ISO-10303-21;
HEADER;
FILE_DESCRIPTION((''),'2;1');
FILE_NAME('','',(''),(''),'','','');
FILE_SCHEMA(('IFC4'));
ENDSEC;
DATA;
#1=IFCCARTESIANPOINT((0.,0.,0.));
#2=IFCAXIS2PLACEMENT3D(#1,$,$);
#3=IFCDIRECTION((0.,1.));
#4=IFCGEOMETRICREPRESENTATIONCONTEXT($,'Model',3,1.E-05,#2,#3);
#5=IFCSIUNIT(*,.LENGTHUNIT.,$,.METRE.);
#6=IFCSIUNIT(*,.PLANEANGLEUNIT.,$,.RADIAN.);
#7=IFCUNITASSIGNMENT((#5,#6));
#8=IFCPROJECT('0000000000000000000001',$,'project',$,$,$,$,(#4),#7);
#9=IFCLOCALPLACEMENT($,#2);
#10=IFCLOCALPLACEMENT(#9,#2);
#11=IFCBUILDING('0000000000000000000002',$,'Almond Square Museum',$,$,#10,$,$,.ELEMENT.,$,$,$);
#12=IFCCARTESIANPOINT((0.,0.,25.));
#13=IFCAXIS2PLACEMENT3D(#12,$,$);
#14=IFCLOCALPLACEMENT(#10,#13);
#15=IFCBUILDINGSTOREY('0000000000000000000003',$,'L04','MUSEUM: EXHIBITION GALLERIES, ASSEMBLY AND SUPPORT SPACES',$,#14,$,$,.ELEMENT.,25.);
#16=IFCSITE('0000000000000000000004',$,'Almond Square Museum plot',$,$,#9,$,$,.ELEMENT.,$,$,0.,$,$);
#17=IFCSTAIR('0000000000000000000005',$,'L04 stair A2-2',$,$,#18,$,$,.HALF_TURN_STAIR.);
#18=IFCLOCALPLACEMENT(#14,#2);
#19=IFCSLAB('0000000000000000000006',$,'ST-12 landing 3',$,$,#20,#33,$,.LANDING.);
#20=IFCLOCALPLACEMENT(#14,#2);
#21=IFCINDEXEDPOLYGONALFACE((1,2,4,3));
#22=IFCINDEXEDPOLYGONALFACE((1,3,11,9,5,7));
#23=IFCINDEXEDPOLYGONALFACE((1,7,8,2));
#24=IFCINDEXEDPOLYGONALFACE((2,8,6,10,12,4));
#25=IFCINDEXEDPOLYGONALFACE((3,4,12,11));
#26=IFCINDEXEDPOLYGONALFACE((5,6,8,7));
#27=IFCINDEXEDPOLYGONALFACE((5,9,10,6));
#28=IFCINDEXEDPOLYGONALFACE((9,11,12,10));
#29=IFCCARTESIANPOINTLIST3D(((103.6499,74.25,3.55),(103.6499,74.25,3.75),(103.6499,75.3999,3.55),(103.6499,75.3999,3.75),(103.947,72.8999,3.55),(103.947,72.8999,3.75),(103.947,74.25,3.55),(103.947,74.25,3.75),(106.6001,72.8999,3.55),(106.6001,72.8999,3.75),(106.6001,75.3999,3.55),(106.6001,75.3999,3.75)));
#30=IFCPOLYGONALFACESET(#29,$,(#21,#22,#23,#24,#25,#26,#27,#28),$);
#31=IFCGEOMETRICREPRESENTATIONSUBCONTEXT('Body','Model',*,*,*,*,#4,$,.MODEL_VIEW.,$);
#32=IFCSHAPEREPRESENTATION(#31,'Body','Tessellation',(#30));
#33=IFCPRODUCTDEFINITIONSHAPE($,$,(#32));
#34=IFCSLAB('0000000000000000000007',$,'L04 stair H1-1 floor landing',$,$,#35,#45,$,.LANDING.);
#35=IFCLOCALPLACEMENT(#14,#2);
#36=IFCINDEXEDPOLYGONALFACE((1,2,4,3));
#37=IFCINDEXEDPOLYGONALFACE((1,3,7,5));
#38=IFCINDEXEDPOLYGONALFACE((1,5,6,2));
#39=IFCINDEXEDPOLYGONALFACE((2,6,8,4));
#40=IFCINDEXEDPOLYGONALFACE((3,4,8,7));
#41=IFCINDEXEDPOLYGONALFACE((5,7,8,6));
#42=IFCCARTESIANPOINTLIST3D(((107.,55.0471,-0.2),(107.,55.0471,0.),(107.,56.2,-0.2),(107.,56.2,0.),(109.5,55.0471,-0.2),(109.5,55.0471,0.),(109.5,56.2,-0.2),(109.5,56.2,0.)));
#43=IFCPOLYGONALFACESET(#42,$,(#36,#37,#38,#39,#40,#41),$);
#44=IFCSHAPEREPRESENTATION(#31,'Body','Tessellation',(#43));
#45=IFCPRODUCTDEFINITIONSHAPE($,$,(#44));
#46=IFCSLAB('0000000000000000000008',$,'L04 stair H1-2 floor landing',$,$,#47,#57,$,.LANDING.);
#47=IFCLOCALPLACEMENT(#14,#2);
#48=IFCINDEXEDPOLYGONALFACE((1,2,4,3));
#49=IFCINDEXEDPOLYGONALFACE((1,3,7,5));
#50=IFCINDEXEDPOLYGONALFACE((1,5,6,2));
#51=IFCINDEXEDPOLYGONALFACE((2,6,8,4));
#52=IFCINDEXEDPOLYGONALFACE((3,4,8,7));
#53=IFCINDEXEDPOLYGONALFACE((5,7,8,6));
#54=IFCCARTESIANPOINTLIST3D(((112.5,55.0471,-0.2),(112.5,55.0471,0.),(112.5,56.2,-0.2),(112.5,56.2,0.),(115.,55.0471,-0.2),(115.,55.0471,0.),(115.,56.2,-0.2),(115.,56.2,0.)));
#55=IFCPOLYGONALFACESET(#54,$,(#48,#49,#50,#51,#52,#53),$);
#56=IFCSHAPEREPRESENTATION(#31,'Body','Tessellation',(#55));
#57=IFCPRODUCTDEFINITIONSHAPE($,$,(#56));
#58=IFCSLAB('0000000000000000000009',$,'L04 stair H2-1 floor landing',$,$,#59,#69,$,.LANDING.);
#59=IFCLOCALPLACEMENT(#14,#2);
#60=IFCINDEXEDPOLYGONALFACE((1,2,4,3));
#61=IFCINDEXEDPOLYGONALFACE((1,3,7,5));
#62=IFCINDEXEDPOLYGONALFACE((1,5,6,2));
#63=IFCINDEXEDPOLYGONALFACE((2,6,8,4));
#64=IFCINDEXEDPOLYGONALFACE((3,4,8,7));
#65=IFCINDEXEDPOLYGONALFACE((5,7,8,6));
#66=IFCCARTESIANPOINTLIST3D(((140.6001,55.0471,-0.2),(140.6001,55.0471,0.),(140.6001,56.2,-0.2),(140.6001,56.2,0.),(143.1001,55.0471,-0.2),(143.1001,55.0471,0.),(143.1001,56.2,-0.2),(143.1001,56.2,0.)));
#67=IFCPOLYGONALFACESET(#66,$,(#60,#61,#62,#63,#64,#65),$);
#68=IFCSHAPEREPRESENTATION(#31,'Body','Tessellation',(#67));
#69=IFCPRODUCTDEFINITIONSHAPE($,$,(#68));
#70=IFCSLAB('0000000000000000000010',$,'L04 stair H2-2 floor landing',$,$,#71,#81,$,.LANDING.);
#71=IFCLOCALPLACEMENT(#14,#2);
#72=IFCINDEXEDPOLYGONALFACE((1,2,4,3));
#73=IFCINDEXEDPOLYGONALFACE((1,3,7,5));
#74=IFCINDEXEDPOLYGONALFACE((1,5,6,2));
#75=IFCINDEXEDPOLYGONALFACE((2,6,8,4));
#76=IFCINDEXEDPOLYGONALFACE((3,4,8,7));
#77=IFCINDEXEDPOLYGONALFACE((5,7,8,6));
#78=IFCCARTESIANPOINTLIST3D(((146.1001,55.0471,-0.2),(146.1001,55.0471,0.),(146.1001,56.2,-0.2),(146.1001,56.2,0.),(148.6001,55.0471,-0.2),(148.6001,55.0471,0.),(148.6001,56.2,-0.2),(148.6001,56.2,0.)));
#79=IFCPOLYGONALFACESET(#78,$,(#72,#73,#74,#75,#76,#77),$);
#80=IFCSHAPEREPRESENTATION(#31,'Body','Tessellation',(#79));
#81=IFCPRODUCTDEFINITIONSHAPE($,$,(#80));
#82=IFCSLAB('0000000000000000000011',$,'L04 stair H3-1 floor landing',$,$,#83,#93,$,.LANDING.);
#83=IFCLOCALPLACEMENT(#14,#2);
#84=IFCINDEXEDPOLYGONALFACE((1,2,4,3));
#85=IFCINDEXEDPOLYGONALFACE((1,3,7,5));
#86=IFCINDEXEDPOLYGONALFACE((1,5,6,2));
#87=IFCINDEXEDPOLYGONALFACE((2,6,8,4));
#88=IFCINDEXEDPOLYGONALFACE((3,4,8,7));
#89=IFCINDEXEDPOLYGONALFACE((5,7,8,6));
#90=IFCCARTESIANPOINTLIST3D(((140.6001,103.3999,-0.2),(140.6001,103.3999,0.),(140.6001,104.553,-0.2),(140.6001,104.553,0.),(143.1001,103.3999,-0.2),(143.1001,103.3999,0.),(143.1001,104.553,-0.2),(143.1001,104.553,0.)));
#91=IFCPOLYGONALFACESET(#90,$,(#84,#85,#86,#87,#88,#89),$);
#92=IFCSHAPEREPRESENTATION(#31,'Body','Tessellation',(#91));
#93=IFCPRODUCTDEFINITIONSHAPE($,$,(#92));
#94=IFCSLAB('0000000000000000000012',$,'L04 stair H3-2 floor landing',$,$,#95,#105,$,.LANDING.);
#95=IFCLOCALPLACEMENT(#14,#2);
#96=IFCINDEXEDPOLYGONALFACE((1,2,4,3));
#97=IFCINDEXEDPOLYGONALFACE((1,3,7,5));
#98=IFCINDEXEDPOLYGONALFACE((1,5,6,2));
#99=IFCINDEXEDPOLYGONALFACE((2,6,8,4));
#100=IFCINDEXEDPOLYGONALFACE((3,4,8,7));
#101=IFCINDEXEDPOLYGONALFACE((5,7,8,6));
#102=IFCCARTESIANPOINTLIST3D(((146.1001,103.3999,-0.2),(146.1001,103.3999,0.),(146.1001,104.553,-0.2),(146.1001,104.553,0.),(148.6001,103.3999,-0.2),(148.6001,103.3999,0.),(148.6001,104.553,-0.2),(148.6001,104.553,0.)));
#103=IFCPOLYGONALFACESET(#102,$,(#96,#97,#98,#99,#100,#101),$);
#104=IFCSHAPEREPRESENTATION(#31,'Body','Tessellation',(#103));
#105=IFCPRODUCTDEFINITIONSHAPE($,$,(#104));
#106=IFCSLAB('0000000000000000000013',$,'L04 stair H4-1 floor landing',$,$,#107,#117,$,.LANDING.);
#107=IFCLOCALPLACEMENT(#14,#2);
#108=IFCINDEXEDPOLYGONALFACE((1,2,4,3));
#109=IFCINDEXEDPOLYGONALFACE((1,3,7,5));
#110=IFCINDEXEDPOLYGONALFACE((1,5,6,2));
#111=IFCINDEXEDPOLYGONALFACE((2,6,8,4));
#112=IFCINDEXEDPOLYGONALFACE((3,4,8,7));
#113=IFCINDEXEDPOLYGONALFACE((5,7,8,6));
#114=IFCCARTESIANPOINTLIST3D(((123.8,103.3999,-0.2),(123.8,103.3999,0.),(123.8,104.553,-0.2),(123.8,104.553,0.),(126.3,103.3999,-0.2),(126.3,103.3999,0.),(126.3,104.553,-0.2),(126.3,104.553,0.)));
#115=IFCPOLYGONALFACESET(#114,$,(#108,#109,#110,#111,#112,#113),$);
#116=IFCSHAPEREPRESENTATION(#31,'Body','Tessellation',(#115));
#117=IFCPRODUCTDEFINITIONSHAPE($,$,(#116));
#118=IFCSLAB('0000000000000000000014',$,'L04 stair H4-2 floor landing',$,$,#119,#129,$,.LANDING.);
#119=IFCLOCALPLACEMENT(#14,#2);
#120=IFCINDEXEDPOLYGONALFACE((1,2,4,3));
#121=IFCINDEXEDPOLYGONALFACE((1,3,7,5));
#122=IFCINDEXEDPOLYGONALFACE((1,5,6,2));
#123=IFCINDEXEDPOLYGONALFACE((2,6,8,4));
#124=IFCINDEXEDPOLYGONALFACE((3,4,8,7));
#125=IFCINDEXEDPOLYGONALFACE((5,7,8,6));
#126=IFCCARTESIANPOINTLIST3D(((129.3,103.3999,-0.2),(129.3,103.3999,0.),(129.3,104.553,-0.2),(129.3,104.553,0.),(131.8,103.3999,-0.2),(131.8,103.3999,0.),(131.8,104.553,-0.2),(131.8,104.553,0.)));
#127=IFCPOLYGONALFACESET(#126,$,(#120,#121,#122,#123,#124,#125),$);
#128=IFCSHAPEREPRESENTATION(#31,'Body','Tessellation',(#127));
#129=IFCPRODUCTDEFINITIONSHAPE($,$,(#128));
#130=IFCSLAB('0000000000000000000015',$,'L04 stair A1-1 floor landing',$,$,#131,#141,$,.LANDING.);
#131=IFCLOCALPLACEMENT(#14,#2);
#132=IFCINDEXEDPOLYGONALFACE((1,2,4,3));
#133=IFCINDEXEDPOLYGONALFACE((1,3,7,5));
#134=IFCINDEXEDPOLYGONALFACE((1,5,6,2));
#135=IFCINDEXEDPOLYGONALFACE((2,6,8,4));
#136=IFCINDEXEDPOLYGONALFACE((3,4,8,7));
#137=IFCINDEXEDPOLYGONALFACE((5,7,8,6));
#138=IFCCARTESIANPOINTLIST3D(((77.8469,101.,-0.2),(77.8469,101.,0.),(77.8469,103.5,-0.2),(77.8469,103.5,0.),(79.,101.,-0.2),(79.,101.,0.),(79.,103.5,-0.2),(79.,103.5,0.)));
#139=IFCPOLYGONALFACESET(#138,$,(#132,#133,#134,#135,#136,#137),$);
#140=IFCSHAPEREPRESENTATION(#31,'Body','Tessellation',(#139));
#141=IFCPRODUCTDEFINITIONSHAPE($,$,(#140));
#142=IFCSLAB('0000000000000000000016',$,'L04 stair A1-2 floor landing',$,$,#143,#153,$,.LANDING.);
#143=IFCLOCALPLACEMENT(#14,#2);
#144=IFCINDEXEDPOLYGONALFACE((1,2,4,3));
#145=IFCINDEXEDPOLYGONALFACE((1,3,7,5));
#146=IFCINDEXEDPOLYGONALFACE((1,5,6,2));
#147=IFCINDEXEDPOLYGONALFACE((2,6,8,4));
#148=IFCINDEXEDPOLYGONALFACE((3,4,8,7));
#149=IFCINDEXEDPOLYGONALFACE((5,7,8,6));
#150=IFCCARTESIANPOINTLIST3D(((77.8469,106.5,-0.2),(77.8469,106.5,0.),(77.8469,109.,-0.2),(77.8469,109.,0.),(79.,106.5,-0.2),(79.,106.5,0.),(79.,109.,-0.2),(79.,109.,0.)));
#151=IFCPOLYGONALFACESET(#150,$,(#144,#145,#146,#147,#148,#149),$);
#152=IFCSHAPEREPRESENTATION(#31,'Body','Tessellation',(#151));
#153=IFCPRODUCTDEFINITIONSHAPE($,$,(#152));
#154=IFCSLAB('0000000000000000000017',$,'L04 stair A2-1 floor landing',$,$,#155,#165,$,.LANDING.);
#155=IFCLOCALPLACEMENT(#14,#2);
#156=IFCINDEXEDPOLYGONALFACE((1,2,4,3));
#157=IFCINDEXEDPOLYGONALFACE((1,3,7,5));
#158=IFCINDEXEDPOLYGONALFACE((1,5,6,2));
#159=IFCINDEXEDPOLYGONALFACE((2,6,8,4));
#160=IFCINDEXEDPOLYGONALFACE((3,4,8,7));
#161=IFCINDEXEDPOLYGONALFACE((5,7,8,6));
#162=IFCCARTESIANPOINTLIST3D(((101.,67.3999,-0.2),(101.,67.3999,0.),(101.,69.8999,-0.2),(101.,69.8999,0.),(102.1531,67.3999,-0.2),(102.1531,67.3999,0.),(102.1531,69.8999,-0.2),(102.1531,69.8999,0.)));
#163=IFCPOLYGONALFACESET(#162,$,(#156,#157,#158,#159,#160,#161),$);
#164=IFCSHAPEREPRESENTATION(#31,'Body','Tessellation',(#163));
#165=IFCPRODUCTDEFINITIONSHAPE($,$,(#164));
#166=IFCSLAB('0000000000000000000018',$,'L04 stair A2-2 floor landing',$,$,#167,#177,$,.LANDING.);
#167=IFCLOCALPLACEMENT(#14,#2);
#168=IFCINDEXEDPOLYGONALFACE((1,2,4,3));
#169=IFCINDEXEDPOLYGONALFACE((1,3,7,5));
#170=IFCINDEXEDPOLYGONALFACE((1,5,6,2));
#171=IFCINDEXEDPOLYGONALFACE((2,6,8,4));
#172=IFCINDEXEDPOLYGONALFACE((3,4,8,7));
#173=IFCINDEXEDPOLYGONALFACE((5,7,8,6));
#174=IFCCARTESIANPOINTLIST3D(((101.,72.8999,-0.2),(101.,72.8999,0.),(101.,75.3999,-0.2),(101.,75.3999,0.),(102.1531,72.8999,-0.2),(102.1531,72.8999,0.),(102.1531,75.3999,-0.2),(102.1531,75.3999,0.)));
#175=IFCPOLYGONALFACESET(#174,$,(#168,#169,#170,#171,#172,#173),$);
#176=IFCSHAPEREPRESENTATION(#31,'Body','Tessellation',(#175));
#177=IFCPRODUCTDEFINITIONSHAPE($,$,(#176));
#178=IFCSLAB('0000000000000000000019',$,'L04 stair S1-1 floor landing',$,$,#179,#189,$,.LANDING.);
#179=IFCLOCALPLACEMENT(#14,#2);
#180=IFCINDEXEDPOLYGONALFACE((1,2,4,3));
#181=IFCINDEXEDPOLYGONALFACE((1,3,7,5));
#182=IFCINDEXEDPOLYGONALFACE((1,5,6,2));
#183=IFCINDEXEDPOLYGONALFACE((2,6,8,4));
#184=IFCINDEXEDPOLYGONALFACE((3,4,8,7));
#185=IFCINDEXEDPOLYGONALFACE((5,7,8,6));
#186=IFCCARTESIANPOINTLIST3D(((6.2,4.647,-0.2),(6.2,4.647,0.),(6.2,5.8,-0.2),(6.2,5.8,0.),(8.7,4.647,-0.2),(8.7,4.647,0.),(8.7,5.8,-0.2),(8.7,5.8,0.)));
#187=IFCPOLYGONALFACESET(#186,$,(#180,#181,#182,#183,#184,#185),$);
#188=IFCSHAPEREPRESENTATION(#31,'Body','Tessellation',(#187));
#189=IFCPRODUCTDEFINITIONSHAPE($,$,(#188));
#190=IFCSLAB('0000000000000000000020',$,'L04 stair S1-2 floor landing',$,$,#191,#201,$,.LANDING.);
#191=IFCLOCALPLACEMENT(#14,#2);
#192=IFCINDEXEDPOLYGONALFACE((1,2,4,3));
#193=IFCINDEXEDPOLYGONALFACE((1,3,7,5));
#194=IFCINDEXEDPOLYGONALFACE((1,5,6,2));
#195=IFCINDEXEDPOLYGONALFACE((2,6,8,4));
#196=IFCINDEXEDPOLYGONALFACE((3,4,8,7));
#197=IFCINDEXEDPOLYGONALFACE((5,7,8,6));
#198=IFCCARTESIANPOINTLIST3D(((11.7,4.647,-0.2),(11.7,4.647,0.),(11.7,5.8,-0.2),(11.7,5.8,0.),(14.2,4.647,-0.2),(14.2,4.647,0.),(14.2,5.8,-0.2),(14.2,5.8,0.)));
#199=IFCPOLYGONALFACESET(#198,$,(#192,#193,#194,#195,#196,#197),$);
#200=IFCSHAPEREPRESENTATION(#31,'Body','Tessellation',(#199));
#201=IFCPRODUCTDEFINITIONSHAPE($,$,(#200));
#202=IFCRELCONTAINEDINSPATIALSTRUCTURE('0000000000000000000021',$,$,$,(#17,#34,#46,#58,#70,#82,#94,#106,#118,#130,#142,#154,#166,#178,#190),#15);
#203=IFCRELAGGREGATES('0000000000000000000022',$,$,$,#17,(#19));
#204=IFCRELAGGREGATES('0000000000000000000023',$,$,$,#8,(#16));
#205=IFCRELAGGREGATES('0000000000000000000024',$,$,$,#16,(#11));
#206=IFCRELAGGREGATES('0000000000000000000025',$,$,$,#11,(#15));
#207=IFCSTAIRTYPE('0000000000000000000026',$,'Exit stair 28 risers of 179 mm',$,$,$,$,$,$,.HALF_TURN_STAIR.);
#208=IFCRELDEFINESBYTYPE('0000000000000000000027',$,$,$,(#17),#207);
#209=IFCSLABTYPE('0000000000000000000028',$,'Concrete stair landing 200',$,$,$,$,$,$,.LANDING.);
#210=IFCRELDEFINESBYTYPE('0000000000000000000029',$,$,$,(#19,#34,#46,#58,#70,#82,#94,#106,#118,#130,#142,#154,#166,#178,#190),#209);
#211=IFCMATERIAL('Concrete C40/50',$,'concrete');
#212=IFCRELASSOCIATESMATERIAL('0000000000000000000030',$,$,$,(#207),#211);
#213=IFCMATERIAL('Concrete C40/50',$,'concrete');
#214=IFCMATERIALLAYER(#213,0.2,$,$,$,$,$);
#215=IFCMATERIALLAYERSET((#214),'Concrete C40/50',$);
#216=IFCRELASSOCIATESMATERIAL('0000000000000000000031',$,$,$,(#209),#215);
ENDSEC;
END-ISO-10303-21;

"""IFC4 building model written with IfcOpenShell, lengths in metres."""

from ifc_helpers import new_model, si_unit, direction, frame, origin, place, context, subcontext, project, spatial, polyline, outline, extrude, material, layer, layer_set, type_object, element, aggregate, save


model = new_model("IFC4")

# Units and contexts
model_context = context("Model", 3, precision=1e-05, world=origin(), true_north=direction((0.0, 1.0)))
body_context = subcontext(model_context, "Body", "Model", "MODEL_VIEW")
ifc_project = project(units=[si_unit("LENGTHUNIT", "METRE"), si_unit("PLANEANGLEUNIT", "RADIAN")], contexts=[model_context])

# Site, building, storey
site_placement = place(None, origin())
site = spatial("IfcSite", under=ifc_project, at=site_placement, Name="Almond Square Museum plot", CompositionType="ELEMENT", RefElevation=0.0)
building_placement = place(site_placement, origin())
building = spatial("IfcBuilding", under=site, at=building_placement, Name="Almond Square Museum", CompositionType="ELEMENT")
storey_placement = place(building_placement, frame((0.0, 0.0, 25.0)))
storey = spatial("IfcBuildingStorey", under=building, at=storey_placement, Name="L04", Description="MUSEUM: EXHIBITION GALLERIES, ASSEMBLY AND SUPPORT SPACES", CompositionType="ELEMENT", Elevation=25.0)

# Stair, slab
ifc_material_1 = material(Name="Concrete C40/50", Category="concrete")
stair_type = type_object("IfcStairType", Name="Exit stair 28 risers of 179 mm", PredefinedType="HALF_TURN_STAIR", material=ifc_material_1)
ifc_material_2 = material(Name="Concrete C40/50", Category="concrete")
ifc_layer_1 = layer(ifc_material_2, 0.2)
ifc_layer_set_1 = layer_set([ifc_layer_1], Name="Concrete C40/50")
slab_type_1 = type_object("IfcSlabType", Name="Concrete stair landing 200", PredefinedType="LANDING", material=ifc_layer_set_1)
stair_1_placement = place(storey_placement, origin())
stair_1 = element("IfcStair", 1, at=stair_1_placement, inside=storey, type_object=stair_type, Name="L04 stair A2-2", PredefinedType="HALF_TURN_STAIR")
slab_1_placement = place(storey_placement, frame((0.0, 0.0, 3.55)))
slab_1 = element("IfcSlab", 2, at=slab_1_placement, type_object=slab_type_1, Name="ST-12 landing 3", PredefinedType="LANDING", context=body_context, shape_type="SweptSolid", body=[
    extrude(outline(polyline([(103.947, 72.8999), (106.6001, 72.8999), (106.6001, 75.3999), (103.6499, 75.3999), (103.6499, 74.25), (103.947, 74.25), (103.947, 72.8999)])), origin(), (0.0, 0.0, 1.0), 0.2),
])
aggregate(stair_1, [slab_1])

# Slabs
slab_2_placement = place(storey_placement, frame((0.0, 0.0, -0.2)))
element("IfcSlab", 3, at=slab_2_placement, inside=storey, type_object=slab_type_1, Name="L04 stair H1-1 floor landing", PredefinedType="LANDING", context=body_context, shape_type="SweptSolid", body=[
    extrude(outline(polyline([(107.0, 55.0471), (109.5, 55.0471), (109.5, 56.2), (107.0, 56.2), (107.0, 55.0471)])), origin(), (0.0, 0.0, 1.0), 0.2),
])
slab_3_placement = place(storey_placement, frame((0.0, 0.0, -0.2)))
element("IfcSlab", 4, at=slab_3_placement, inside=storey, type_object=slab_type_1, Name="L04 stair H1-2 floor landing", PredefinedType="LANDING", context=body_context, shape_type="SweptSolid", body=[
    extrude(outline(polyline([(112.5, 55.0471), (115.0, 55.0471), (115.0, 56.2), (112.5, 56.2), (112.5, 55.0471)])), origin(), (0.0, 0.0, 1.0), 0.2),
])
slab_4_placement = place(storey_placement, frame((0.0, 0.0, -0.2)))
element("IfcSlab", 5, at=slab_4_placement, inside=storey, type_object=slab_type_1, Name="L04 stair H2-1 floor landing", PredefinedType="LANDING", context=body_context, shape_type="SweptSolid", body=[
    extrude(outline(polyline([(140.6001, 55.0471), (143.1001, 55.0471), (143.1001, 56.2), (140.6001, 56.2), (140.6001, 55.0471)])), origin(), (0.0, 0.0, 1.0), 0.2),
])
slab_5_placement = place(storey_placement, frame((0.0, 0.0, -0.2)))
element("IfcSlab", 6, at=slab_5_placement, inside=storey, type_object=slab_type_1, Name="L04 stair H2-2 floor landing", PredefinedType="LANDING", context=body_context, shape_type="SweptSolid", body=[
    extrude(outline(polyline([(146.1001, 55.0471), (148.6001, 55.0471), (148.6001, 56.2), (146.1001, 56.2), (146.1001, 55.0471)])), origin(), (0.0, 0.0, 1.0), 0.2),
])
slab_6_placement = place(storey_placement, frame((0.0, 0.0, -0.2)))
element("IfcSlab", 7, at=slab_6_placement, inside=storey, type_object=slab_type_1, Name="L04 stair H3-1 floor landing", PredefinedType="LANDING", context=body_context, shape_type="SweptSolid", body=[
    extrude(outline(polyline([(140.6001, 103.3999), (143.1001, 103.3999), (143.1001, 104.553), (140.6001, 104.553), (140.6001, 103.3999)])), origin(), (0.0, 0.0, 1.0), 0.2),
])
slab_7_placement = place(storey_placement, frame((0.0, 0.0, -0.2)))
element("IfcSlab", 8, at=slab_7_placement, inside=storey, type_object=slab_type_1, Name="L04 stair H3-2 floor landing", PredefinedType="LANDING", context=body_context, shape_type="SweptSolid", body=[
    extrude(outline(polyline([(146.1001, 103.3999), (148.6001, 103.3999), (148.6001, 104.553), (146.1001, 104.553), (146.1001, 103.3999)])), origin(), (0.0, 0.0, 1.0), 0.2),
])
slab_8_placement = place(storey_placement, frame((0.0, 0.0, -0.2)))
element("IfcSlab", 9, at=slab_8_placement, inside=storey, type_object=slab_type_1, Name="L04 stair H4-1 floor landing", PredefinedType="LANDING", context=body_context, shape_type="SweptSolid", body=[
    extrude(outline(polyline([(123.8, 103.3999), (126.3, 103.3999), (126.3, 104.553), (123.8, 104.553), (123.8, 103.3999)])), origin(), (0.0, 0.0, 1.0), 0.2),
])
slab_9_placement = place(storey_placement, frame((0.0, 0.0, -0.2)))
element("IfcSlab", 10, at=slab_9_placement, inside=storey, type_object=slab_type_1, Name="L04 stair H4-2 floor landing", PredefinedType="LANDING", context=body_context, shape_type="SweptSolid", body=[
    extrude(outline(polyline([(129.3, 103.3999), (131.8, 103.3999), (131.8, 104.553), (129.3, 104.553), (129.3, 103.3999)])), origin(), (0.0, 0.0, 1.0), 0.2),
])
slab_10_placement = place(storey_placement, frame((0.0, 0.0, -0.2)))
element("IfcSlab", 11, at=slab_10_placement, inside=storey, type_object=slab_type_1, Name="L04 stair A1-1 floor landing", PredefinedType="LANDING", context=body_context, shape_type="SweptSolid", body=[
    extrude(outline(polyline([(77.8469, 101.0), (79.0, 101.0), (79.0, 103.5), (77.8469, 103.5), (77.8469, 101.0)])), origin(), (0.0, 0.0, 1.0), 0.2),
])
slab_11_placement = place(storey_placement, frame((0.0, 0.0, -0.2)))
element("IfcSlab", 12, at=slab_11_placement, inside=storey, type_object=slab_type_1, Name="L04 stair A1-2 floor landing", PredefinedType="LANDING", context=body_context, shape_type="SweptSolid", body=[
    extrude(outline(polyline([(77.8469, 106.5), (79.0, 106.5), (79.0, 109.0), (77.8469, 109.0), (77.8469, 106.5)])), origin(), (0.0, 0.0, 1.0), 0.2),
])
slab_12_placement = place(storey_placement, frame((0.0, 0.0, -0.2)))
element("IfcSlab", 13, at=slab_12_placement, inside=storey, type_object=slab_type_1, Name="L04 stair A2-1 floor landing", PredefinedType="LANDING", context=body_context, shape_type="SweptSolid", body=[
    extrude(outline(polyline([(101.0, 67.3999), (102.1531, 67.3999), (102.1531, 69.8999), (101.0, 69.8999), (101.0, 67.3999)])), origin(), (0.0, 0.0, 1.0), 0.2),
])
slab_13_placement = place(storey_placement, frame((0.0, 0.0, -0.2)))
element("IfcSlab", 14, at=slab_13_placement, inside=storey, type_object=slab_type_1, Name="L04 stair A2-2 floor landing", PredefinedType="LANDING", context=body_context, shape_type="SweptSolid", body=[
    extrude(outline(polyline([(101.0, 72.8999), (102.1531, 72.8999), (102.1531, 75.3999), (101.0, 75.3999), (101.0, 72.8999)])), origin(), (0.0, 0.0, 1.0), 0.2),
])
slab_14_placement = place(storey_placement, frame((0.0, 0.0, -0.2)))
element("IfcSlab", 15, at=slab_14_placement, inside=storey, type_object=slab_type_1, Name="L04 stair S1-1 floor landing", PredefinedType="LANDING", context=body_context, shape_type="SweptSolid", body=[
    extrude(outline(polyline([(6.2, 4.647), (8.7, 4.647), (8.7, 5.8), (6.2, 5.8), (6.2, 4.647)])), origin(), (0.0, 0.0, 1.0), 0.2),
])
slab_15_placement = place(storey_placement, frame((0.0, 0.0, -0.2)))
element("IfcSlab", 16, at=slab_15_placement, inside=storey, type_object=slab_type_1, Name="L04 stair S1-2 floor landing", PredefinedType="LANDING", context=body_context, shape_type="SweptSolid", body=[
    extrude(outline(polyline([(11.7, 4.647), (14.2, 4.647), (14.2, 5.8), (11.7, 5.8), (11.7, 4.647)])), origin(), (0.0, 0.0, 1.0), 0.2),
])

save(model, "model.ifc")
